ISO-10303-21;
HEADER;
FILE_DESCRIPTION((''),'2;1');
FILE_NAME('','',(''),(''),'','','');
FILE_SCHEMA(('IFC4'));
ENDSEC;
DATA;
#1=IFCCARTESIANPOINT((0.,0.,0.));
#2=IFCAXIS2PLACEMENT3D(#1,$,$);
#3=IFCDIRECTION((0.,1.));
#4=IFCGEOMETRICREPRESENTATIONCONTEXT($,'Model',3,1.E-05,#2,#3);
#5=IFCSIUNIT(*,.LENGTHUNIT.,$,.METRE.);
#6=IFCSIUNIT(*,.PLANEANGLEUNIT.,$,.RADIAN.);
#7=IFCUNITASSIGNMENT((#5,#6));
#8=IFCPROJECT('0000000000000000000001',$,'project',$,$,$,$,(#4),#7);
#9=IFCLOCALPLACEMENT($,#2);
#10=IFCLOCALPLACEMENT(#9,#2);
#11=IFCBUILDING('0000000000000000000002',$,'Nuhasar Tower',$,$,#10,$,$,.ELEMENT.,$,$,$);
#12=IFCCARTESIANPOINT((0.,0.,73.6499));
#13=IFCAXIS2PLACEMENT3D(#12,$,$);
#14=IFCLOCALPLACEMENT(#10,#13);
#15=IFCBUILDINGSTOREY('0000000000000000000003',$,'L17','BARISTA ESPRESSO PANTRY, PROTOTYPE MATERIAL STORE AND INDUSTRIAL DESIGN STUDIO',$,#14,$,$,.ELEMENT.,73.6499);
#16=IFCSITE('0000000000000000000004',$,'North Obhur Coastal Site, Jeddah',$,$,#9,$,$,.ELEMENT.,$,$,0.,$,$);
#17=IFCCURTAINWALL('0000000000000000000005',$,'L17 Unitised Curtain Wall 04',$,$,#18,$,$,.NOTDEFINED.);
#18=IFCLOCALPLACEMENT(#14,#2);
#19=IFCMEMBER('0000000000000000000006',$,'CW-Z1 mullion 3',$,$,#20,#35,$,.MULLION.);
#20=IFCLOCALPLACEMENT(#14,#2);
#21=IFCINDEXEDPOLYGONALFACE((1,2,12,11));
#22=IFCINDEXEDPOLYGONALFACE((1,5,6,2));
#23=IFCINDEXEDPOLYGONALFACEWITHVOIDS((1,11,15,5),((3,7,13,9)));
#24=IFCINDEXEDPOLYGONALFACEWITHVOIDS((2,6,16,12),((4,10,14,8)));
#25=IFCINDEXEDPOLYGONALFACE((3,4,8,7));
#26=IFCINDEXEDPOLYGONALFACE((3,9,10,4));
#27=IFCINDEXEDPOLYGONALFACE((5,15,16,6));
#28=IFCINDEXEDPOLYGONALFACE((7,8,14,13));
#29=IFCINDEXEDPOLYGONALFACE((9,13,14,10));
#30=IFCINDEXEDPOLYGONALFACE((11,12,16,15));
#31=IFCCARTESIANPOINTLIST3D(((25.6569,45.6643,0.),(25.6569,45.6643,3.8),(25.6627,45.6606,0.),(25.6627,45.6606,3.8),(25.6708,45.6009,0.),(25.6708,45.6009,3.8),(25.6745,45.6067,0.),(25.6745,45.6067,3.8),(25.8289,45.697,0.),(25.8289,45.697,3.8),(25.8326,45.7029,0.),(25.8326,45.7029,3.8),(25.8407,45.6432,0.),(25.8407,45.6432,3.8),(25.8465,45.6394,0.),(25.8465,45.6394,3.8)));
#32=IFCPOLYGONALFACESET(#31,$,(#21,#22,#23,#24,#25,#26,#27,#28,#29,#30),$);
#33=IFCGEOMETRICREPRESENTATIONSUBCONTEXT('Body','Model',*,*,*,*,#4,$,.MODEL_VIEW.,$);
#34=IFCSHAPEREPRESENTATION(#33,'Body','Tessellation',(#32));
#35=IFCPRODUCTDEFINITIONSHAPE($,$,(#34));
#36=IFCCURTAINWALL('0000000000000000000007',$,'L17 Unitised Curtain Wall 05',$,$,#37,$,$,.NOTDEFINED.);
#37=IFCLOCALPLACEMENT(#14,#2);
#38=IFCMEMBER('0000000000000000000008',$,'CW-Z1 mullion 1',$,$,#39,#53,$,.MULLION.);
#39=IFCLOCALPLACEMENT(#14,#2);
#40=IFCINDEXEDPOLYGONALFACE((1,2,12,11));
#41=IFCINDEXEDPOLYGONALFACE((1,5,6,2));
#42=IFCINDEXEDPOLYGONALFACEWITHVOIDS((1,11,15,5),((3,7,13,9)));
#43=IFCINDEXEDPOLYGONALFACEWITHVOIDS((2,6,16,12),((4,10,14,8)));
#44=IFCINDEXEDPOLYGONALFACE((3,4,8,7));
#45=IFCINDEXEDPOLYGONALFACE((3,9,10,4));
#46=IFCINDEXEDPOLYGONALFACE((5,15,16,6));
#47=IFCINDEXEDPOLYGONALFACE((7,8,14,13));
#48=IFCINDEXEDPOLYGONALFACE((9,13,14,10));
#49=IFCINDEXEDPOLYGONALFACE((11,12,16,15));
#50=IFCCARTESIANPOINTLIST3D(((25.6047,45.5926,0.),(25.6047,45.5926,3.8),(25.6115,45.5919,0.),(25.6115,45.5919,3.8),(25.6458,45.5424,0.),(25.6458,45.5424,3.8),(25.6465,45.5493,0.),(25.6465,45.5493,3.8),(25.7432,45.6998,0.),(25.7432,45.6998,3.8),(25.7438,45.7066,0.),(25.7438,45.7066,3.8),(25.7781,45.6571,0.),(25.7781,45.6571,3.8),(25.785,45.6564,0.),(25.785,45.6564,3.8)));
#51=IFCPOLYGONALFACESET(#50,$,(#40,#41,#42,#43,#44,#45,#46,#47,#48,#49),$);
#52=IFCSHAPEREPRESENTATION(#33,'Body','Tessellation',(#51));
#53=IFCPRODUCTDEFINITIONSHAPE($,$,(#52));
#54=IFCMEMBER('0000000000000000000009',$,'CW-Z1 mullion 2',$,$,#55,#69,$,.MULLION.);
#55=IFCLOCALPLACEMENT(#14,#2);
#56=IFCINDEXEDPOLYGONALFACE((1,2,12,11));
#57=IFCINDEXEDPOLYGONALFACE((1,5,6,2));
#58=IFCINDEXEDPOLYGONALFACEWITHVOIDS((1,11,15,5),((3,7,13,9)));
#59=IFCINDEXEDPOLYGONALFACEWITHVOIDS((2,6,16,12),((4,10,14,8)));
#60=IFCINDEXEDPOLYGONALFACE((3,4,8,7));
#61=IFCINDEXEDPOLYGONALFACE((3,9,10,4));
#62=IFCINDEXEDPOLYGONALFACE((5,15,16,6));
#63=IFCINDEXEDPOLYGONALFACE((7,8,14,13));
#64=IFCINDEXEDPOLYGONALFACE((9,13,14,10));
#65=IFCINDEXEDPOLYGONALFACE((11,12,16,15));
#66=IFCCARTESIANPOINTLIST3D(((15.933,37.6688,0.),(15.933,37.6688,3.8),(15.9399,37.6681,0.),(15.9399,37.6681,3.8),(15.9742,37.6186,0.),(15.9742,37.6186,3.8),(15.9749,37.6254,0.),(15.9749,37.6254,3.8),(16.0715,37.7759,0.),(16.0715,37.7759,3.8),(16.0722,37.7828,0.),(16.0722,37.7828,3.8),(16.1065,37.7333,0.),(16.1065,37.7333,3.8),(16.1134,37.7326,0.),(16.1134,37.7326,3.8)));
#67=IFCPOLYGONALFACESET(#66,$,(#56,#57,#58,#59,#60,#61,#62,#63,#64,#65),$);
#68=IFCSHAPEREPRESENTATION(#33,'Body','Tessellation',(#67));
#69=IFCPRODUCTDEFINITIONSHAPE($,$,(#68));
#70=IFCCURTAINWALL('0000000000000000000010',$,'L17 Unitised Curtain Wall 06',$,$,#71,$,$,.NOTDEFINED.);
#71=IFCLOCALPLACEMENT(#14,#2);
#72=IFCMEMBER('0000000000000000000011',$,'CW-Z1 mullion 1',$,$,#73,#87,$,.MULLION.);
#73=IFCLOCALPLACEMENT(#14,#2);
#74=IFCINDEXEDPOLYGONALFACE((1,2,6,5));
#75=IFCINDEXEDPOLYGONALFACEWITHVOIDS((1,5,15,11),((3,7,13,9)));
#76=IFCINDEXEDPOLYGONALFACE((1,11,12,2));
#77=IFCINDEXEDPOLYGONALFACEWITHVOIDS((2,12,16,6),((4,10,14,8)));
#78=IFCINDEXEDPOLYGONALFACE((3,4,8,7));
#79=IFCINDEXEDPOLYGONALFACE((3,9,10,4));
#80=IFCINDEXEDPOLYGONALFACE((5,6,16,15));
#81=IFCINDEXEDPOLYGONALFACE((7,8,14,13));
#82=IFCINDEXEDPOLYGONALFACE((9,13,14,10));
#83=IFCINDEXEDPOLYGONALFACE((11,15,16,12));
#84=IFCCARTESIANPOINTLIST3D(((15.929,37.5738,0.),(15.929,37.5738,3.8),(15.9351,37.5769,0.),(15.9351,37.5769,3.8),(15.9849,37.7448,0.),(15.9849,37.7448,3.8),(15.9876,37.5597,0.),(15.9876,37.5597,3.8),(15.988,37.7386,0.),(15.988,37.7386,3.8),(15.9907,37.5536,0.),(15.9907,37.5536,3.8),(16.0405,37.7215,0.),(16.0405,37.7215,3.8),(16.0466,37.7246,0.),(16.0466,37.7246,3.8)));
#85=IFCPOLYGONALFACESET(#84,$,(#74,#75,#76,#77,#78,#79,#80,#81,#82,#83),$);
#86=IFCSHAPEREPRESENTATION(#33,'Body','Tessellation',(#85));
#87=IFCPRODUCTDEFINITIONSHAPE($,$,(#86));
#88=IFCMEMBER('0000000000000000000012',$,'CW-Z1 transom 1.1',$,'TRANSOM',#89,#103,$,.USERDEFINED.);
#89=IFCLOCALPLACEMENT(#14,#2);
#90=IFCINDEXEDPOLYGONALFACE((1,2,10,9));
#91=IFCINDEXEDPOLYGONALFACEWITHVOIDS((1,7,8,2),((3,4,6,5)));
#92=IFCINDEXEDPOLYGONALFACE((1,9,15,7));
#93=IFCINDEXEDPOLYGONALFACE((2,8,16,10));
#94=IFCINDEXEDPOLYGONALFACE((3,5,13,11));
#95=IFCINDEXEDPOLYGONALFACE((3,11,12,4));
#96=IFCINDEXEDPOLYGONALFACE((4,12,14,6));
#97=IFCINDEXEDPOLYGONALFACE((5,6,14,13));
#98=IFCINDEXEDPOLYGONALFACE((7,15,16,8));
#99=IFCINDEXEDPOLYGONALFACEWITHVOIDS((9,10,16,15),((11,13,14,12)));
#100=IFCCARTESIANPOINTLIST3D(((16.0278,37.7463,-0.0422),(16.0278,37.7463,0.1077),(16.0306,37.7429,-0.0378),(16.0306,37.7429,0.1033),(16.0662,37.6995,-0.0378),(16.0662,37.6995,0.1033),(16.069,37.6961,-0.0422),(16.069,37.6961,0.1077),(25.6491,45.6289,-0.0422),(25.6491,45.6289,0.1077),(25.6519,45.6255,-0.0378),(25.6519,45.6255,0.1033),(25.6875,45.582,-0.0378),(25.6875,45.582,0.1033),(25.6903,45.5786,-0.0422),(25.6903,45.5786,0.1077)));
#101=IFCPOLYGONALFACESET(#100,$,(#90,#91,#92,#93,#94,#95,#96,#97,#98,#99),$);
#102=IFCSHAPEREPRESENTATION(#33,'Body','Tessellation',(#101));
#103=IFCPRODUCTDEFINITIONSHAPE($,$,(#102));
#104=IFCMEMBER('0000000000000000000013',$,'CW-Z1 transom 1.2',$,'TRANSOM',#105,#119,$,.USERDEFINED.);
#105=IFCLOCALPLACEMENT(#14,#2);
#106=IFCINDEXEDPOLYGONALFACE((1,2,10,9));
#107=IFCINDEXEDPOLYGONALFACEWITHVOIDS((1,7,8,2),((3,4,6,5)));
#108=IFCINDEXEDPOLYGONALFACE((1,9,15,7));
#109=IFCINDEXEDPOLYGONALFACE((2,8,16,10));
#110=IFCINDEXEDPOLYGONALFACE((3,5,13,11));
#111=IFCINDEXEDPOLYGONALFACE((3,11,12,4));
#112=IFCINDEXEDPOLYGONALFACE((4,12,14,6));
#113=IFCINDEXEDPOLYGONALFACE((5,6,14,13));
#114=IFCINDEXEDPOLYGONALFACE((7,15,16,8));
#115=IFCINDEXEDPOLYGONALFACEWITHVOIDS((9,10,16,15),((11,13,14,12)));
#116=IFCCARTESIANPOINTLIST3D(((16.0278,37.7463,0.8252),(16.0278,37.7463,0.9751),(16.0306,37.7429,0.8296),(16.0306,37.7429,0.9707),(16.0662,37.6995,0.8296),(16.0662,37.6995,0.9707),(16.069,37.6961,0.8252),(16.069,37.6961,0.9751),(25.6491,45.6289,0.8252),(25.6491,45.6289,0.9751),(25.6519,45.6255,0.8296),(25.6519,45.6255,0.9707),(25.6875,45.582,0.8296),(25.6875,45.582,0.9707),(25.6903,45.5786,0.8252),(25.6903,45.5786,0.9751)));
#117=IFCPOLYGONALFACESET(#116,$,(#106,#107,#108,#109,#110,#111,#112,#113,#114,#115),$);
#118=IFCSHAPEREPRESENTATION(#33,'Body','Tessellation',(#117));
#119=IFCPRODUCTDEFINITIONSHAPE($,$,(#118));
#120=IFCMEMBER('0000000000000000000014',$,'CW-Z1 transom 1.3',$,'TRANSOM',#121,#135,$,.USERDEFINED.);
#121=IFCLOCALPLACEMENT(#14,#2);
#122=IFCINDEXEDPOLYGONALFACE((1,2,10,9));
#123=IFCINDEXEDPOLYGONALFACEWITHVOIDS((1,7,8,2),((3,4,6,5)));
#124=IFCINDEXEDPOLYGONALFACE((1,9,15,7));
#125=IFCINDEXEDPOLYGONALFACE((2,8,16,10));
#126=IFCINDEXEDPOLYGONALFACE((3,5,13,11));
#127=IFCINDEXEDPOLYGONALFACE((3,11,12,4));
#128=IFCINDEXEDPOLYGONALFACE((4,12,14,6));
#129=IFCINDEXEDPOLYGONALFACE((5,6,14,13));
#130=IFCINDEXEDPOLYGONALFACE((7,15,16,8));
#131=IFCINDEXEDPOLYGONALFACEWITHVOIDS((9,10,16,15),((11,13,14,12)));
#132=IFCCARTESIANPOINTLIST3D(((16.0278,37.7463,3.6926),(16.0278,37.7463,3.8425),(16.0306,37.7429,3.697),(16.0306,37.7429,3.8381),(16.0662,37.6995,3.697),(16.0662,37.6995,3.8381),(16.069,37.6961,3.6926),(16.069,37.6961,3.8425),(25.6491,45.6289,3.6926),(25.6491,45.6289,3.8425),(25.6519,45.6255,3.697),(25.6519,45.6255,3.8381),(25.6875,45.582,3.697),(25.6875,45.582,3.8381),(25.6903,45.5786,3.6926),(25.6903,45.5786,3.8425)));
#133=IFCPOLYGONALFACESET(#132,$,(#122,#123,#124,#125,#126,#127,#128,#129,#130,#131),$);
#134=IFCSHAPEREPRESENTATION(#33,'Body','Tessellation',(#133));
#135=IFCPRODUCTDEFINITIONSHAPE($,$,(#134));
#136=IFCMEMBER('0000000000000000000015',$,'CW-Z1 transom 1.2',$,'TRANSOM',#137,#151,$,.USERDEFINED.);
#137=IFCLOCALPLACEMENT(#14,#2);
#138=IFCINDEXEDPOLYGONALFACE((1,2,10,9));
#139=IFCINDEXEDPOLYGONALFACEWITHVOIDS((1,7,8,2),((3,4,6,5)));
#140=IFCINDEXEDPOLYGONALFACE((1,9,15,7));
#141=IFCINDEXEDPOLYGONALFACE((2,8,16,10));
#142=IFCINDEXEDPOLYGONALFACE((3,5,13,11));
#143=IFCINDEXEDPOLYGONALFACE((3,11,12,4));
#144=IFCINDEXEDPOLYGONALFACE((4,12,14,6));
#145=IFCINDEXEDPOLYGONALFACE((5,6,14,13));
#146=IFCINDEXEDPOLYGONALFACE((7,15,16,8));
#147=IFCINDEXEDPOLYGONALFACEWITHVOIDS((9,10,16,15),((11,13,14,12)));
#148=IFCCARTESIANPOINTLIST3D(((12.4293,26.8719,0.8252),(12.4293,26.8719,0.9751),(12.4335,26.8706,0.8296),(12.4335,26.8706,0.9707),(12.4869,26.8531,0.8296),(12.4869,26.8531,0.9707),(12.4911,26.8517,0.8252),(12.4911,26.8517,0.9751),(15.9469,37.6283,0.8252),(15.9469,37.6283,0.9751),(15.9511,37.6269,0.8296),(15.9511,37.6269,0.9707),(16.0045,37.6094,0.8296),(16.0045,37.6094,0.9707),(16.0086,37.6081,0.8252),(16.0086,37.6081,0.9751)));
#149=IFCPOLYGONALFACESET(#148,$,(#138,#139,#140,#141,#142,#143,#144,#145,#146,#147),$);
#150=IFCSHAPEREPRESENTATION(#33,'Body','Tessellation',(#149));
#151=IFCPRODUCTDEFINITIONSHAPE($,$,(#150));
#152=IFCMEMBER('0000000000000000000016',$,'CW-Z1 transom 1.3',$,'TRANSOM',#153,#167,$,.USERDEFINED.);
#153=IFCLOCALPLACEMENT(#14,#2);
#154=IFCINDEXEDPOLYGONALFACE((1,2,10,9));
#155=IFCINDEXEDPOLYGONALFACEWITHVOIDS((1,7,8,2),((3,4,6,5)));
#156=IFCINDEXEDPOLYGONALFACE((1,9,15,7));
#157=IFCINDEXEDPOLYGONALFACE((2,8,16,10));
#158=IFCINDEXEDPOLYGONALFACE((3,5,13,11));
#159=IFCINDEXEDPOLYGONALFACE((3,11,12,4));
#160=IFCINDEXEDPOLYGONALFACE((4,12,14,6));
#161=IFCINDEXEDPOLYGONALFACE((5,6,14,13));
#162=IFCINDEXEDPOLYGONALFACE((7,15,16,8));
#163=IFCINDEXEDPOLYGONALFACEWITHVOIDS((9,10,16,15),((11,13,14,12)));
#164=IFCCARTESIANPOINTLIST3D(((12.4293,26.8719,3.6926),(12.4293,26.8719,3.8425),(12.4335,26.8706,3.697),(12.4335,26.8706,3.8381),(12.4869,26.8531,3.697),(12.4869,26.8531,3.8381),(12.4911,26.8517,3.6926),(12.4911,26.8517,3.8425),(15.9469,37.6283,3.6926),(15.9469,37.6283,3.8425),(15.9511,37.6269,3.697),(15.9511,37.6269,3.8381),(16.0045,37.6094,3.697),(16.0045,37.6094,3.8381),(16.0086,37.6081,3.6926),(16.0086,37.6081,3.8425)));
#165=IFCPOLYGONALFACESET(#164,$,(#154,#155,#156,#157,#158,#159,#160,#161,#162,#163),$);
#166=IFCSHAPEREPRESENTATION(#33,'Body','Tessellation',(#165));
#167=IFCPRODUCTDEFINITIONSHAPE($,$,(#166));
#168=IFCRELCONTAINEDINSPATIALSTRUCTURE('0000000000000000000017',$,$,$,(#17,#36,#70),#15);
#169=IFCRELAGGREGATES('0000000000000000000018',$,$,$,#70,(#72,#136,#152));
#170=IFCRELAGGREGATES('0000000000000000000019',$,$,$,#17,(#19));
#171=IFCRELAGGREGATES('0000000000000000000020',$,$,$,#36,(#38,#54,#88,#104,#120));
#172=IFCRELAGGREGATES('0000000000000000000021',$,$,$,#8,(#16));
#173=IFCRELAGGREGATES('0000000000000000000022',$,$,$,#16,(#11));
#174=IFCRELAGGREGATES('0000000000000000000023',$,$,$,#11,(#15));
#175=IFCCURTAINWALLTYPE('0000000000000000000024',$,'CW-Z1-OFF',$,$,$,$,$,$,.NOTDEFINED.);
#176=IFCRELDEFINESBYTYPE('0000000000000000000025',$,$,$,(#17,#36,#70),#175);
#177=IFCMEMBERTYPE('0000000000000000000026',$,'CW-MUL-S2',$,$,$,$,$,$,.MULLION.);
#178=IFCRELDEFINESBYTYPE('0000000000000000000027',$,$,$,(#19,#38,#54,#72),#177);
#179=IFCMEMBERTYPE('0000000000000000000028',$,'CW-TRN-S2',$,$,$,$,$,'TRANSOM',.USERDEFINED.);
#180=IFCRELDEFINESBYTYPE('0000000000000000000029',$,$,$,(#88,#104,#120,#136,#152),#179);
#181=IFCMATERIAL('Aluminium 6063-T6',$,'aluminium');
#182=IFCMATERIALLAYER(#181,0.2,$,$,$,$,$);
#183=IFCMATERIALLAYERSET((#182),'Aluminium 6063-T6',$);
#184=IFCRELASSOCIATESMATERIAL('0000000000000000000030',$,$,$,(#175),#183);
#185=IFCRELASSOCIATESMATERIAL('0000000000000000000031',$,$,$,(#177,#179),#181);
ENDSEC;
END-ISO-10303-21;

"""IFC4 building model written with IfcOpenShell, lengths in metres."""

from ifc_helpers import new_model, si_unit, direction, frame, origin, origin_2d, place, context, subcontext, project, spatial, hollow_rectangle, extrude, material, layer, layer_set, material_profile, profile_set, type_object, element, aggregate, save


model = new_model("IFC4")

# Units and contexts
model_context = context("Model", 3, precision=1e-05, world=origin(), true_north=direction((0.0, 1.0)))
body_context = subcontext(model_context, "Body", "Model", "MODEL_VIEW")
ifc_project = project(units=[si_unit("LENGTHUNIT", "METRE"), si_unit("PLANEANGLEUNIT", "RADIAN")], contexts=[model_context])

# Site, building, storey
site_placement = place(None, origin())
site = spatial("IfcSite", under=ifc_project, at=site_placement, Name="North Obhur Coastal Site, Jeddah", CompositionType="ELEMENT", RefElevation=0.0)
building_placement = place(site_placement, origin())
building = spatial("IfcBuilding", under=site, at=building_placement, Name="Nuhasar Tower", CompositionType="ELEMENT")
storey_placement = place(building_placement, frame((0.0, 0.0, 73.6499)))
storey = spatial("IfcBuildingStorey", under=building, at=storey_placement, Name="L17", Description="BARISTA ESPRESSO PANTRY, PROTOTYPE MATERIAL STORE AND INDUSTRIAL DESIGN STUDIO", CompositionType="ELEMENT", Elevation=73.6499)

# Curtain wall, member
ifc_material_1 = material(Name="Aluminium 6063-T6", Category="aluminium")
ifc_layer_1 = layer(ifc_material_1, 0.2)
ifc_layer_set_1 = layer_set([ifc_layer_1], Name="Aluminium 6063-T6")
curtain_wall_type = type_object("IfcCurtainWallType", Name="CW-Z1-OFF", PredefinedType="NOTDEFINED", material=ifc_layer_set_1)
curtain_wall_1_placement = place(storey_placement, origin())
curtain_wall_1 = element("IfcCurtainWall", 1, at=curtain_wall_1_placement, inside=storey, type_object=curtain_wall_type, Name="L17 Unitised Curtain Wall 04", PredefinedType="NOTDEFINED")
ifc_material_profile_1 = material_profile(ifc_material_1, hollow_rectangle(XDim=0.0649, YDim=0.1799, WallThickness=0.0049, at=origin_2d()), Name="CWM-2")
ifc_profile_set_1 = profile_set([ifc_material_profile_1], Name="Aluminium 6063-T6")
member_type_1 = type_object("IfcMemberType", Name="CW-MUL-S2", PredefinedType="MULLION", material=ifc_profile_set_1)
member_1_placement = place(storey_placement, frame((25.7517, 45.6519, 0.0), z_axis=(0.0, 0.0, 1.0), x_axis=(0.214399, -0.976746, 0.0)))
member_1 = element("IfcMember", 2, at=member_1_placement, type_object=member_type_1, Name="CW-Z1 mullion 3", PredefinedType="MULLION", context=body_context, shape_type="SweptSolid", body=[
    extrude(hollow_rectangle(XDim=0.0649, YDim=0.1799, WallThickness=0.0049, at=origin_2d()), origin(), (0.0, 0.0, 1.0), 3.8),
])

# Curtain wall, members
curtain_wall_2_placement = place(storey_placement, origin())
curtain_wall_2 = element("IfcCurtainWall", 3, at=curtain_wall_2_placement, inside=storey, type_object=curtain_wall_type, Name="L17 Unitised Curtain Wall 05", PredefinedType="NOTDEFINED")
member_2_placement = place(storey_placement, frame((25.6948, 45.6245, 0.0), z_axis=(0.0, 0.0, 1.0), x_axis=(0.633745, -0.773542, 0.0)))
member_2 = element("IfcMember", 4, at=member_2_placement, type_object=member_type_1, Name="CW-Z1 mullion 1", PredefinedType="MULLION", context=body_context, shape_type="SweptSolid", body=[
    extrude(hollow_rectangle(XDim=0.0649, YDim=0.1799, WallThickness=0.0049, at=origin_2d()), origin(), (0.0, 0.0, 1.0), 3.8),
])
member_3_placement = place(storey_placement, frame((16.0232, 37.7007, 0.0), z_axis=(0.0, 0.0, 1.0), x_axis=(0.633745, -0.773542, 0.0)))
member_3 = element("IfcMember", 5, at=member_3_placement, type_object=member_type_1, Name="CW-Z1 mullion 2", PredefinedType="MULLION", context=body_context, shape_type="SweptSolid", body=[
    extrude(hollow_rectangle(XDim=0.0649, YDim=0.1799, WallThickness=0.0049, at=origin_2d()), origin(), (0.0, 0.0, 1.0), 3.8),
])

# Curtain wall, member
curtain_wall_3_placement = place(storey_placement, origin())
curtain_wall_3 = element("IfcCurtainWall", 6, at=curtain_wall_3_placement, inside=storey, type_object=curtain_wall_type, Name="L17 Unitised Curtain Wall 06", PredefinedType="NOTDEFINED")
member_4_placement = place(storey_placement, frame((15.9878, 37.6492, 0.0), z_axis=(0.0, 0.0, 1.0), x_axis=(0.950468, -0.310824, 0.0)))
member_4 = element("IfcMember", 7, at=member_4_placement, type_object=member_type_1, Name="CW-Z1 mullion 1", PredefinedType="MULLION", context=body_context, shape_type="SweptSolid", body=[
    extrude(hollow_rectangle(XDim=0.0649, YDim=0.1799, WallThickness=0.0049, at=origin_2d()), origin(), (0.0, 0.0, 1.0), 3.8),
])

# Members
ifc_material_profile_2 = material_profile(ifc_material_1, hollow_rectangle(XDim=0.0649, YDim=0.1499, WallThickness=0.0044, at=origin_2d()), Name="CWT-2")
ifc_profile_set_2 = profile_set([ifc_material_profile_2], Name="Aluminium 6063-T6")
member_type_2 = type_object("IfcMemberType", Name="CW-TRN-S2", ElementType="TRANSOM", PredefinedType="USERDEFINED", material=ifc_profile_set_2)
member_5_placement = place(storey_placement, frame((25.6697, 45.6038, 0.0327), z_axis=(-0.773541, -0.633746, 0.0), x_axis=(0.633746, -0.773541, 0.0)))
member_5 = element("IfcMember", 8, at=member_5_placement, type_object=member_type_2, Name="CW-Z1 transom 1.1", ObjectType="TRANSOM", PredefinedType="USERDEFINED", context=body_context, shape_type="SweptSolid", body=[
    extrude(hollow_rectangle(XDim=0.0649, YDim=0.1499, WallThickness=0.0044, at=origin_2d()), origin(), (0.0, 0.0, 1.0), 12.438),
])
member_6_placement = place(storey_placement, frame((25.6697, 45.6038, 0.9001), z_axis=(-0.773541, -0.633746, 0.0), x_axis=(0.633746, -0.773541, 0.0)))
member_6 = element("IfcMember", 9, at=member_6_placement, type_object=member_type_2, Name="CW-Z1 transom 1.2", ObjectType="TRANSOM", PredefinedType="USERDEFINED", context=body_context, shape_type="SweptSolid", body=[
    extrude(hollow_rectangle(XDim=0.0649, YDim=0.1499, WallThickness=0.0044, at=origin_2d()), origin(), (0.0, 0.0, 1.0), 12.438),
])
member_7_placement = place(storey_placement, frame((25.6697, 45.6038, 3.7676), z_axis=(-0.773541, -0.633746, 0.0), x_axis=(0.633746, -0.773541, 0.0)))
member_7 = element("IfcMember", 10, at=member_7_placement, type_object=member_type_2, Name="CW-Z1 transom 1.3", ObjectType="TRANSOM", PredefinedType="USERDEFINED", context=body_context, shape_type="SweptSolid", body=[
    extrude(hollow_rectangle(XDim=0.0649, YDim=0.1499, WallThickness=0.0044, at=origin_2d()), origin(), (0.0, 0.0, 1.0), 12.438),
])
member_8_placement = place(storey_placement, frame((15.9778, 37.6182, 0.9001), z_axis=(-0.310825, -0.950467, 0.0), x_axis=(0.950467, -0.310825, 0.0)))
member_8 = element("IfcMember", 11, at=member_8_placement, type_object=member_type_2, Name="CW-Z1 transom 1.2", ObjectType="TRANSOM", PredefinedType="USERDEFINED", context=body_context, shape_type="SweptSolid", body=[
    extrude(hollow_rectangle(XDim=0.0649, YDim=0.1499, WallThickness=0.0044, at=origin_2d()), origin(), (0.0, 0.0, 1.0), 11.3169),
])
member_9_placement = place(storey_placement, frame((15.9778, 37.6182, 3.7676), z_axis=(-0.310825, -0.950467, 0.0), x_axis=(0.950467, -0.310825, 0.0)))
member_9 = element("IfcMember", 12, at=member_9_placement, type_object=member_type_2, Name="CW-Z1 transom 1.3", ObjectType="TRANSOM", PredefinedType="USERDEFINED", context=body_context, shape_type="SweptSolid", body=[
    extrude(hollow_rectangle(XDim=0.0649, YDim=0.1499, WallThickness=0.0044, at=origin_2d()), origin(), (0.0, 0.0, 1.0), 11.3169),
])
aggregate(curtain_wall_3, [member_4, member_8, member_9])

aggregate(curtain_wall_1, [member_1])
aggregate(curtain_wall_2, [member_2, member_3, member_5, member_6, member_7])

save(model, "model.ifc")
